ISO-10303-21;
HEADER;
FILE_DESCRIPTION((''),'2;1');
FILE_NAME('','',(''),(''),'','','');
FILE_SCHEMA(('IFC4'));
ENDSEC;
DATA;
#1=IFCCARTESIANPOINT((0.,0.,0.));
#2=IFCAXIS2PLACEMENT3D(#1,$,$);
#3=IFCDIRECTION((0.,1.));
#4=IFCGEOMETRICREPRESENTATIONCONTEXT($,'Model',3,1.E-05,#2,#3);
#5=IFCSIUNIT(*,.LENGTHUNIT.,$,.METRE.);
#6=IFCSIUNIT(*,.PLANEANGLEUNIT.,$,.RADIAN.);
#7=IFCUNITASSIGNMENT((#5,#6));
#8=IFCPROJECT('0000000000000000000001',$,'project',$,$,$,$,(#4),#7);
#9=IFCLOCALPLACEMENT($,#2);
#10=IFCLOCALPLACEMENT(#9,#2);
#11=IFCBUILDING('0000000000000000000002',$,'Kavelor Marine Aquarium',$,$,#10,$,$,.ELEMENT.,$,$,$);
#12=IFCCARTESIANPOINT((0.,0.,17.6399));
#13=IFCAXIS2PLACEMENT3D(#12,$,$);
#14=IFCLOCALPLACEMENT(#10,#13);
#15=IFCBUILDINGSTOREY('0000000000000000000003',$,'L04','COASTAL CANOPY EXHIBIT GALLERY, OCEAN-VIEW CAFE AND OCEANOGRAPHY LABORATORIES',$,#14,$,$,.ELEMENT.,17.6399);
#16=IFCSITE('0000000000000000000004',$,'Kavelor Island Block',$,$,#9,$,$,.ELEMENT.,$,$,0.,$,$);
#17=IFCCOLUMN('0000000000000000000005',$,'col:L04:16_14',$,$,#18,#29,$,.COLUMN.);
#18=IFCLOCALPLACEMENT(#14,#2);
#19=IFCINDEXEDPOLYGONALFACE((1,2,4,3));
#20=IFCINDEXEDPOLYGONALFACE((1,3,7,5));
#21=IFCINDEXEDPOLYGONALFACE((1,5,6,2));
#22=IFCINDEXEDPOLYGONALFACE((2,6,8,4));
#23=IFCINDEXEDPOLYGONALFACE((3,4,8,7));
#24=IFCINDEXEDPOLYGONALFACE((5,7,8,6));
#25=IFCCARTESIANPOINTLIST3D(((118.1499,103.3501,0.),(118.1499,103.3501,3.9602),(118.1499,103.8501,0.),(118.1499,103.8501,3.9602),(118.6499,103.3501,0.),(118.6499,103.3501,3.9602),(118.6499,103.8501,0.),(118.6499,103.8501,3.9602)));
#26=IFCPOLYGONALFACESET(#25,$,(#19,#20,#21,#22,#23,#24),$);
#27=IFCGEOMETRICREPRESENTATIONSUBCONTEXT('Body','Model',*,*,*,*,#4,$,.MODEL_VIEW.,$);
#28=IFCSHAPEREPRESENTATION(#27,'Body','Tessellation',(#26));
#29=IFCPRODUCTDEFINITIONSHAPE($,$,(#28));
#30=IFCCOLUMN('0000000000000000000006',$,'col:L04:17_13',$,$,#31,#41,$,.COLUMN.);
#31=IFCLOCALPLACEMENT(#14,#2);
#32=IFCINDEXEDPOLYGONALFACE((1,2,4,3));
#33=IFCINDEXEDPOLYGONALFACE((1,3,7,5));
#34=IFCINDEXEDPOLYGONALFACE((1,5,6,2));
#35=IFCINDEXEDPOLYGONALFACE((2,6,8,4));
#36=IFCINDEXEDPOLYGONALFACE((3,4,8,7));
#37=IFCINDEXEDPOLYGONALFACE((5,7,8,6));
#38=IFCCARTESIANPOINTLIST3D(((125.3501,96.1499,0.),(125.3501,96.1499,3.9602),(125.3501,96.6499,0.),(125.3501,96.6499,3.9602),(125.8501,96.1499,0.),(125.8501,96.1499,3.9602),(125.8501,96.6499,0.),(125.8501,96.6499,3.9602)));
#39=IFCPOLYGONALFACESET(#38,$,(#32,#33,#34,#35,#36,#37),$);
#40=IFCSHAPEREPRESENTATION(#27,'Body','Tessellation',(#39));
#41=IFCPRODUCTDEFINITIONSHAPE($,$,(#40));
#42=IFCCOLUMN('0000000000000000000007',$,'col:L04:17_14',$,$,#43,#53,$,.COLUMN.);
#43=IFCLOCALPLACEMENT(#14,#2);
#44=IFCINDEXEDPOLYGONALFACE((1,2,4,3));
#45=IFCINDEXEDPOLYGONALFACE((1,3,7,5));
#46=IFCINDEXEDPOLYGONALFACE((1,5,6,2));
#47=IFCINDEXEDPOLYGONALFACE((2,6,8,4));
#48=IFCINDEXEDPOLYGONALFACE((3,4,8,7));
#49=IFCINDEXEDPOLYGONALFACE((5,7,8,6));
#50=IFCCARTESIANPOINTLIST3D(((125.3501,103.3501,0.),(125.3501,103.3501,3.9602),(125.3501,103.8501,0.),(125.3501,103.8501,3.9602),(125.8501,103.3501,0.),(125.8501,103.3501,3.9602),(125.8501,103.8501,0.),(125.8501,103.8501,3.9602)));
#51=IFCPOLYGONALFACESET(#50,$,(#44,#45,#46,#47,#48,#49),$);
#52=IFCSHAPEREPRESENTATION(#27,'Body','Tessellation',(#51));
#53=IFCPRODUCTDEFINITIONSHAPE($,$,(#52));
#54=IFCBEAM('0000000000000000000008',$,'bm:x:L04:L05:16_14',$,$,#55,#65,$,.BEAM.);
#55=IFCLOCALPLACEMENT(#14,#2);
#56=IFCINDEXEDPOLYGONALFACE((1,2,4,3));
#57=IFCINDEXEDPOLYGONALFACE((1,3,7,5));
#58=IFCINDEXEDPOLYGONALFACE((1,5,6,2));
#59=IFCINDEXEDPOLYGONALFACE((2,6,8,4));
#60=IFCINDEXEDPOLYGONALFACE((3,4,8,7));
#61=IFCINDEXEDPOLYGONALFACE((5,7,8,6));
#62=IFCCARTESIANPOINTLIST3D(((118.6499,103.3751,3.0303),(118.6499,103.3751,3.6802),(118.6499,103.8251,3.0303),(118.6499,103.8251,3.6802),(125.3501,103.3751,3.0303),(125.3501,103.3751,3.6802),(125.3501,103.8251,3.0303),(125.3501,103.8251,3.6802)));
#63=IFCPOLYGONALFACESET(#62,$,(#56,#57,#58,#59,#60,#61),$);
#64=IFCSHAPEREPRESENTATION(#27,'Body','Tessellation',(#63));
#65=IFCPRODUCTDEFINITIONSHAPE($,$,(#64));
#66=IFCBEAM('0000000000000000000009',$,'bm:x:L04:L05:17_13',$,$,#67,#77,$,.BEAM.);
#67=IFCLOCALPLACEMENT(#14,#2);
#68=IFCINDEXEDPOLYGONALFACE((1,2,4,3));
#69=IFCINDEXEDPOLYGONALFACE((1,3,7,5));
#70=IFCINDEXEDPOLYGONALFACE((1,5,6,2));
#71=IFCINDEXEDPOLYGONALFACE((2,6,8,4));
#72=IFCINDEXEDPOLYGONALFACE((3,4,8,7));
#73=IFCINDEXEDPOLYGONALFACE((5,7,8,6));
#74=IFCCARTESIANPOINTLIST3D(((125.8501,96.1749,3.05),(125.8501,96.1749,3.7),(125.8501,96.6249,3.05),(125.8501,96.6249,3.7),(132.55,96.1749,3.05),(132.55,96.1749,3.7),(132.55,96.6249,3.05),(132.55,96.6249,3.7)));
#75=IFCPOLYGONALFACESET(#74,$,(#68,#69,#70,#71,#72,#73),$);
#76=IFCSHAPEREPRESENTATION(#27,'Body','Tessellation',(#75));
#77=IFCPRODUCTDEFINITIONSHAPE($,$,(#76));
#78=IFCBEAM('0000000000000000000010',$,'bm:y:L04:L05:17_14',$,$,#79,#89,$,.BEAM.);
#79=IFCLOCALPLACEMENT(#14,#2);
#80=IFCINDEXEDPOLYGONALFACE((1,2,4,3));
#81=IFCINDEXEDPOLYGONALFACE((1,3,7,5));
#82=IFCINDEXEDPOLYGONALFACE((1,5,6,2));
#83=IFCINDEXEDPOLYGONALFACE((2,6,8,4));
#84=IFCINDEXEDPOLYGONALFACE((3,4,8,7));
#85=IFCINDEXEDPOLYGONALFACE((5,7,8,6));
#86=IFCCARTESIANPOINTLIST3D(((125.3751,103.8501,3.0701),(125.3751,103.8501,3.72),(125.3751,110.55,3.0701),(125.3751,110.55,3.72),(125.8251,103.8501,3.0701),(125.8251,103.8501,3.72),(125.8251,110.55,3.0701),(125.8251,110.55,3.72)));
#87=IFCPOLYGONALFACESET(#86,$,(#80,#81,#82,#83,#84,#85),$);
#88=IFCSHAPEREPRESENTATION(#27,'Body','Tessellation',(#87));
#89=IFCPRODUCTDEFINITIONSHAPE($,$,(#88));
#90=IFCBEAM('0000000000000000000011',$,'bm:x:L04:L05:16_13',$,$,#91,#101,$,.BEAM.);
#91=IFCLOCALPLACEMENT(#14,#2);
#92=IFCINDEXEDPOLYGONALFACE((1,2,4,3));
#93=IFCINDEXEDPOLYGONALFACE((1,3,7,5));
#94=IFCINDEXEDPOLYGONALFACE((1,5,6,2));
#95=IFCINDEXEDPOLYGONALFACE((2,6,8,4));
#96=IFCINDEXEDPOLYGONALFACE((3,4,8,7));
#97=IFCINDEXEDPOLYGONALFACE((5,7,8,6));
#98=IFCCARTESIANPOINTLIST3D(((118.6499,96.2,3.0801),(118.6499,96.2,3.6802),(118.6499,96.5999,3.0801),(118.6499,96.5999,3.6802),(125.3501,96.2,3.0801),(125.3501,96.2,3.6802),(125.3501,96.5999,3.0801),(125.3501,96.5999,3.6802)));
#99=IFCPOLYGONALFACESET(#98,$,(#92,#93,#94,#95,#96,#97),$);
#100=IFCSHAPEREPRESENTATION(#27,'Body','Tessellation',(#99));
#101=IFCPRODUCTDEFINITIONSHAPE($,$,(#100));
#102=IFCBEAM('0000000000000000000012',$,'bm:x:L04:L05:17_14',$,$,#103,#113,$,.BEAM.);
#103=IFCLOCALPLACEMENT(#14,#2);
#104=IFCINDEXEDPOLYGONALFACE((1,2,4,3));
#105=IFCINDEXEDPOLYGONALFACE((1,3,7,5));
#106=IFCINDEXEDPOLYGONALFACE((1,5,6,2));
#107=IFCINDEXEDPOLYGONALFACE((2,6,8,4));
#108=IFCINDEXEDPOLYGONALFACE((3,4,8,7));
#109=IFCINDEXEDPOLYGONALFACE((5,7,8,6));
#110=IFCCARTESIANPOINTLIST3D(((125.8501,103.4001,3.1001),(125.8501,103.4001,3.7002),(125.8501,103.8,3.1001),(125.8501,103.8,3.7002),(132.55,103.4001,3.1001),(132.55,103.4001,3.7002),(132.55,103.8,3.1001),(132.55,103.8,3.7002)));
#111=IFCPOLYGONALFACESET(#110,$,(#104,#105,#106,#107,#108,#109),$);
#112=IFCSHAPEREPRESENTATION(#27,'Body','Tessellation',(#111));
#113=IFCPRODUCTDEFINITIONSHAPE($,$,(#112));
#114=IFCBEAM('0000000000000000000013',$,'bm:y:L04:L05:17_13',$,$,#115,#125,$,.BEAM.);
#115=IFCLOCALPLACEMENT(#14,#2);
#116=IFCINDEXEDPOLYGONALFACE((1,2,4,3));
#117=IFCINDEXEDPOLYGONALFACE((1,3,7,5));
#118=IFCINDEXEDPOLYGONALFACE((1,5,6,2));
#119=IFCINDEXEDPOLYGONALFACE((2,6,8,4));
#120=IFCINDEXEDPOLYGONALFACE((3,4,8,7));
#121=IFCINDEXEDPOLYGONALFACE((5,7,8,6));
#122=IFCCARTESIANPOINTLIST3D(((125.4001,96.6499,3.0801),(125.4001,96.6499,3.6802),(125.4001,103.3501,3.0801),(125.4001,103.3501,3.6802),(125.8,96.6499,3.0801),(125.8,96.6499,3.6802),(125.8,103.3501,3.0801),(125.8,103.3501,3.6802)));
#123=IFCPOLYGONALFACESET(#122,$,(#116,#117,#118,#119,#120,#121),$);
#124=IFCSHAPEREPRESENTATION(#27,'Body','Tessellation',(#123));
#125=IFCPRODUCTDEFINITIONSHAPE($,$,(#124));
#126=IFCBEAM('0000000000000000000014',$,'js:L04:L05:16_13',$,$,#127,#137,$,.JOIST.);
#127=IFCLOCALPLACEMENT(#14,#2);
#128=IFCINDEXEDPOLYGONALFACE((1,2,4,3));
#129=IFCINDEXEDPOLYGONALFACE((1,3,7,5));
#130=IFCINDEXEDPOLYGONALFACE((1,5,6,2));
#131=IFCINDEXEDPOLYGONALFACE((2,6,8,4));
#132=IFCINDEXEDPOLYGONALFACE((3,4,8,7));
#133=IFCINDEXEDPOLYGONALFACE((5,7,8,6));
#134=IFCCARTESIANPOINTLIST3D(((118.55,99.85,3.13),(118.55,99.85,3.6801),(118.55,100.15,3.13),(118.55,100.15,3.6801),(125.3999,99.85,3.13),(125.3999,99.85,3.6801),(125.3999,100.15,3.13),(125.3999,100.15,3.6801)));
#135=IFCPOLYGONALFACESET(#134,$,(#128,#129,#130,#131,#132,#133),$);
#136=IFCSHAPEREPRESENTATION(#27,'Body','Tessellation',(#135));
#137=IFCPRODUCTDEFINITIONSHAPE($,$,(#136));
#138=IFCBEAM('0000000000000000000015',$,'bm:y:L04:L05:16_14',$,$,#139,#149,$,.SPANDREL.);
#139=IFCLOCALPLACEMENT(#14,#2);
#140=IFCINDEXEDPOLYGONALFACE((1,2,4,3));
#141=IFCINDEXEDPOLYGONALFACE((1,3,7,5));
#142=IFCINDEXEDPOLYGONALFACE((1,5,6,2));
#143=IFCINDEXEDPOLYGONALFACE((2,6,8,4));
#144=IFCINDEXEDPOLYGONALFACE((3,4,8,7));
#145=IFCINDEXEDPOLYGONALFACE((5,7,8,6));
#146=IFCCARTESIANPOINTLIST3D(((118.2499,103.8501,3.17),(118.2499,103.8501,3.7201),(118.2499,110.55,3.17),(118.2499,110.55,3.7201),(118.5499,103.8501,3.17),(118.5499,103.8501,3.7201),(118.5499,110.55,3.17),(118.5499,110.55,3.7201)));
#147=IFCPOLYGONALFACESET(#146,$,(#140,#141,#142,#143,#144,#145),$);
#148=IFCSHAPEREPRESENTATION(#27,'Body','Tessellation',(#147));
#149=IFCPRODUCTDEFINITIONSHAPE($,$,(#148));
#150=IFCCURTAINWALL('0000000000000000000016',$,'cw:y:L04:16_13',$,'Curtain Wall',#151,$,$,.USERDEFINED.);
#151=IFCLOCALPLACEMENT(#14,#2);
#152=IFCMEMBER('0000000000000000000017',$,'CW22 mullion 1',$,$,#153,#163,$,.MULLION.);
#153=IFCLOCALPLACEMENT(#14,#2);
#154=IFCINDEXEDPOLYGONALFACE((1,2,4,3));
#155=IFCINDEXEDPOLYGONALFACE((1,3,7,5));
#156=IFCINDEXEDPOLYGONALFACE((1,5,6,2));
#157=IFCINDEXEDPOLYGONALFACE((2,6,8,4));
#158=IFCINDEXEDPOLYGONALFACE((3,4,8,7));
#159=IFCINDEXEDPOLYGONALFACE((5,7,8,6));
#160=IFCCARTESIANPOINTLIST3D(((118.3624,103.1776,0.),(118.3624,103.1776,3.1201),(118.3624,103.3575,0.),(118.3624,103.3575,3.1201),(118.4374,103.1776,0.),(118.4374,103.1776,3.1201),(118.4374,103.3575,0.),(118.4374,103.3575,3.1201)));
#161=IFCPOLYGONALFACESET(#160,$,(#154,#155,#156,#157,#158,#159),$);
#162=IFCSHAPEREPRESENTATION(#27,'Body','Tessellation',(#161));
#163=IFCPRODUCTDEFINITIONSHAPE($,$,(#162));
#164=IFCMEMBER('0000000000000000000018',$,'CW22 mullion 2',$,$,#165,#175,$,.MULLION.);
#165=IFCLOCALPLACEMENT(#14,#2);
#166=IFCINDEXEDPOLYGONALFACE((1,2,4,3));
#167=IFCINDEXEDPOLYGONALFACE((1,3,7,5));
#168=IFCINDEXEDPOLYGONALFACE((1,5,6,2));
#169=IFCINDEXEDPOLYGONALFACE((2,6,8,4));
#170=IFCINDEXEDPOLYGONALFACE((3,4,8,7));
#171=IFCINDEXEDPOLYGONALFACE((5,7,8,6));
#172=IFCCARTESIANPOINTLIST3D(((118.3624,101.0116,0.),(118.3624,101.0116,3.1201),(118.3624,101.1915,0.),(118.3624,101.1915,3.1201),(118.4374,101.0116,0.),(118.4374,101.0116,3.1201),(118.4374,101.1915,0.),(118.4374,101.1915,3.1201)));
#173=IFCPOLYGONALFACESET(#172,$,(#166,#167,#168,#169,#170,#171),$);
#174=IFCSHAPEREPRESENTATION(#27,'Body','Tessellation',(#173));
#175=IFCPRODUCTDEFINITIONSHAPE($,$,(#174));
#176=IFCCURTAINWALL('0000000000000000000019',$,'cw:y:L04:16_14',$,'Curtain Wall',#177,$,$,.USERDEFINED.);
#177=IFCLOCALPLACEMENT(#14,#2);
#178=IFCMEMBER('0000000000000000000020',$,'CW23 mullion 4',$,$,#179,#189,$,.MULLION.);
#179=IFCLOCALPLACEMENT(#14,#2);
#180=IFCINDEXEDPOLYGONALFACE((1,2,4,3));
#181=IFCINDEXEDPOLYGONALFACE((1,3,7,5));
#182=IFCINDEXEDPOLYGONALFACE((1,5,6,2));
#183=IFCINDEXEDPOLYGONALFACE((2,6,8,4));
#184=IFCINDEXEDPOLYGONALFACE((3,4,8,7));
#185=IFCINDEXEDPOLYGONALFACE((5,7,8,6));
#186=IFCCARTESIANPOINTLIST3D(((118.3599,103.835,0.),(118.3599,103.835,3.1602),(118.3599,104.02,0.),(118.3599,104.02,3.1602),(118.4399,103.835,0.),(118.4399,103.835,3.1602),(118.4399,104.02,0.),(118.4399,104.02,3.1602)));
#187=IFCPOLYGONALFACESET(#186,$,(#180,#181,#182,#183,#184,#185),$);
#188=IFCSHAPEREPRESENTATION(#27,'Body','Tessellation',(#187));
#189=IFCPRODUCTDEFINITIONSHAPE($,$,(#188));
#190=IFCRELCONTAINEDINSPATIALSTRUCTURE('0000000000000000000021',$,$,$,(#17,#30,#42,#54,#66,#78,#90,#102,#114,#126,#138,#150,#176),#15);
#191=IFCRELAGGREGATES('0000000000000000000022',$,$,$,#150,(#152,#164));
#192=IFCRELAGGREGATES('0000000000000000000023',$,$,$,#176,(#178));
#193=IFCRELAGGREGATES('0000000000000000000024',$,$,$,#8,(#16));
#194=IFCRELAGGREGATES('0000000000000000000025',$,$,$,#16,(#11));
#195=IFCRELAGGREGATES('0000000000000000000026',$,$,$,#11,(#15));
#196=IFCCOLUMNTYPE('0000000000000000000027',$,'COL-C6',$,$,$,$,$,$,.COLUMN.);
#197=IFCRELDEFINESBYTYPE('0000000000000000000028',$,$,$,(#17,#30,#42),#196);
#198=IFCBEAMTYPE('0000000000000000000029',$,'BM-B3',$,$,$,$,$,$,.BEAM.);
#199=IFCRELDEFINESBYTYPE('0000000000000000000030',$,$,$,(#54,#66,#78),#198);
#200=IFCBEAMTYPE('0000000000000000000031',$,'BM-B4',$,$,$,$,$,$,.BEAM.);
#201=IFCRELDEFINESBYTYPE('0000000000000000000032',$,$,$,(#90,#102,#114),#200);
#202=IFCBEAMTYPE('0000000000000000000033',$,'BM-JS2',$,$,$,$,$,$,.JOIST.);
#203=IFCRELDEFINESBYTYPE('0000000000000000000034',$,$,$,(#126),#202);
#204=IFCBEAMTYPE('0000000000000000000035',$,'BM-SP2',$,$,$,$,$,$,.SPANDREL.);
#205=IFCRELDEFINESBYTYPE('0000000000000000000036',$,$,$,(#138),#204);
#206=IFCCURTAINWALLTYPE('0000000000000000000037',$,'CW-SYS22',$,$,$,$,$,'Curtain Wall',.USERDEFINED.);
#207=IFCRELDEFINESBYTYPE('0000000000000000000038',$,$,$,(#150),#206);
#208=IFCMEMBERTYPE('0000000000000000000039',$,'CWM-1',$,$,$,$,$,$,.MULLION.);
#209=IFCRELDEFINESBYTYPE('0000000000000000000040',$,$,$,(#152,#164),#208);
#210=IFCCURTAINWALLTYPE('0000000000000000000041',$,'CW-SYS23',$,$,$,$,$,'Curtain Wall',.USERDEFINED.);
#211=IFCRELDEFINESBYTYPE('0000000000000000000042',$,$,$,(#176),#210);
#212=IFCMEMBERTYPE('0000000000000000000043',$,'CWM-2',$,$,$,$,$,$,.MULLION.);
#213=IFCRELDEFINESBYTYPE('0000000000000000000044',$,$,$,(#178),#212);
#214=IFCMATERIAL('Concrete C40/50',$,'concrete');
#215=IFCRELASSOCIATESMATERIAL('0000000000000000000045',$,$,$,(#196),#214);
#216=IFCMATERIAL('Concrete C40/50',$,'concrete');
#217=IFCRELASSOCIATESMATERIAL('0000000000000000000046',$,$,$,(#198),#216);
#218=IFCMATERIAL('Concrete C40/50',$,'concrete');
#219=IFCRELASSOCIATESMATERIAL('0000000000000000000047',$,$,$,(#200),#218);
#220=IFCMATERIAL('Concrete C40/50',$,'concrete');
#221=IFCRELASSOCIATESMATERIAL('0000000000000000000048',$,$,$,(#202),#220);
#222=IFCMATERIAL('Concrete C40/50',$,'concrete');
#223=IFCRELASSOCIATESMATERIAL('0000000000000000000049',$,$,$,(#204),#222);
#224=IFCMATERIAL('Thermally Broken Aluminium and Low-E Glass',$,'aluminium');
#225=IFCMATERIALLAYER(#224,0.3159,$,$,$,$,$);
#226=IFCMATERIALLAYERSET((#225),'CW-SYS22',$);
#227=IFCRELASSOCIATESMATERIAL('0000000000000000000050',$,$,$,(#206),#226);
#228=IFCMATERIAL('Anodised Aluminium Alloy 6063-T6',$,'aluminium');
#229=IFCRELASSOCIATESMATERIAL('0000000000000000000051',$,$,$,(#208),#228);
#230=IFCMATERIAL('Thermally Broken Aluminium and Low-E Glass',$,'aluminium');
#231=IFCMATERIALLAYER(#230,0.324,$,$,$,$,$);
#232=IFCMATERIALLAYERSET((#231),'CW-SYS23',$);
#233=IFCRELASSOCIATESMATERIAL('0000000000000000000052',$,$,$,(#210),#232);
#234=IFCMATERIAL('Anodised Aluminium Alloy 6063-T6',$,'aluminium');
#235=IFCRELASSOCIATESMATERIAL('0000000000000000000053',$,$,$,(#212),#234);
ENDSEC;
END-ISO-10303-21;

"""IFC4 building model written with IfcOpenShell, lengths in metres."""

from ifc_helpers import new_model, si_unit, direction, frame, origin, origin_2d, place, context, subcontext, project, spatial, rectangle, extrude, material, layer, layer_set, material_profile, profile_set, type_object, element, aggregate, save


model = new_model("IFC4")

# Units and contexts
model_context = context("Model", 3, precision=1e-05, world=origin(), true_north=direction((0.0, 1.0)))
body_context = subcontext(model_context, "Body", "Model", "MODEL_VIEW")
ifc_project = project(units=[si_unit("LENGTHUNIT", "METRE"), si_unit("PLANEANGLEUNIT", "RADIAN")], contexts=[model_context])

# Site, building, storey
site_placement = place(None, origin())
site = spatial("IfcSite", under=ifc_project, at=site_placement, Name="Kavelor Island Block", CompositionType="ELEMENT", RefElevation=0.0)
building_placement = place(site_placement, origin())
building = spatial("IfcBuilding", under=site, at=building_placement, Name="Kavelor Marine Aquarium", CompositionType="ELEMENT")
storey_placement = place(building_placement, frame((0.0, 0.0, 17.6399)))
storey = spatial("IfcBuildingStorey", under=building, at=storey_placement, Name="L04", Description="COASTAL CANOPY EXHIBIT GALLERY, OCEAN-VIEW CAFE AND OCEANOGRAPHY LABORATORIES", CompositionType="ELEMENT", Elevation=17.6399)

# Columns
ifc_material_1 = material(Name="Concrete C40/50", Category="concrete")
ifc_material_profile_1 = material_profile(ifc_material_1, rectangle(XDim=0.5, YDim=0.5, at=origin_2d()), Name="RC-COL 500x500")
ifc_profile_set_1 = profile_set([ifc_material_profile_1], Name="Concrete C40/50")
column_type = type_object("IfcColumnType", Name="COL-C6", PredefinedType="COLUMN", material=ifc_profile_set_1)
for number, where, z_axis, x_axis, name in (
    (1, (118.3999, 103.6001, 0.0), (0.0, 0.0, 1.0), (1.0, 0.0, 0.0), "col:L04:16_14"),
    (2, (125.6001, 96.3999, 0.0), (0.0, 0.0, 1.0), (1.0, 0.0, 0.0), "col:L04:17_13"),
    (3, (125.6001, 103.6001, 0.0), (0.0, 0.0, 1.0), (1.0, 0.0, 0.0), "col:L04:17_14"),
):
    element("IfcColumn", number, at=place(storey_placement, frame(where, z_axis=z_axis, x_axis=x_axis)), inside=storey, type_object=column_type, Name=name, PredefinedType="COLUMN", context=body_context, shape_type="SweptSolid", body=[
        extrude(rectangle(XDim=0.5, YDim=0.5, at=origin_2d()), origin(), (0.0, 0.0, 1.0), 3.9602),
    ])

# Beams
ifc_material_2 = material(Name="Concrete C40/50", Category="concrete")
ifc_material_profile_2 = material_profile(ifc_material_2, rectangle(XDim=0.45, YDim=0.6499, at=origin_2d()), Name="RC-BM 450x650")
ifc_profile_set_2 = profile_set([ifc_material_profile_2], Name="Concrete C40/50")
beam_type_1 = type_object("IfcBeamType", Name="BM-B3", PredefinedType="BEAM", material=ifc_profile_set_2)
beam_1_placement = place(storey_placement, frame((118.6499, 103.6001, 3.3552), z_axis=(1.0, 0.0, 0.0), x_axis=(0.0, 1.0, 0.0)))
element("IfcBeam", 4, at=beam_1_placement, inside=storey, type_object=beam_type_1, Name="bm:x:L04:L05:16_14", PredefinedType="BEAM", context=body_context, shape_type="SweptSolid", body=[
    extrude(rectangle(XDim=0.45, YDim=0.6499, at=origin_2d()), origin(), (0.0, 0.0, 1.0), 6.7002),
])
for number, where, z_axis, x_axis, name in (
    (5, (125.8501, 96.3999, 3.375), (1.0, 0.0, 0.0), (0.0, 1.0, 0.0), "bm:x:L04:L05:17_13"),
    (6, (125.6001, 103.8501, 3.395), (0.0, 1.0, 0.0), (-1.0, 0.0, 0.0), "bm:y:L04:L05:17_14"),
):
    element("IfcBeam", number, at=place(storey_placement, frame(where, z_axis=z_axis, x_axis=x_axis)), inside=storey, type_object=beam_type_1, Name=name, PredefinedType="BEAM", context=body_context, shape_type="SweptSolid", body=[
        extrude(rectangle(XDim=0.45, YDim=0.6499, at=origin_2d()), origin(), (0.0, 0.0, 1.0), 6.7),
    ])
ifc_material_3 = material(Name="Concrete C40/50", Category="concrete")
ifc_material_profile_3 = material_profile(ifc_material_3, rectangle(XDim=0.3999, YDim=0.6001, at=origin_2d()), Name="RC-BM 400x600")
ifc_profile_set_3 = profile_set([ifc_material_profile_3], Name="Concrete C40/50")
beam_type_2 = type_object("IfcBeamType", Name="BM-B4", PredefinedType="BEAM", material=ifc_profile_set_3)
beam_2_placement = place(storey_placement, frame((118.6499, 96.3999, 3.3801), z_axis=(1.0, 0.0, 0.0), x_axis=(0.0, 1.0, 0.0)))
element("IfcBeam", 7, at=beam_2_placement, inside=storey, type_object=beam_type_2, Name="bm:x:L04:L05:16_13", PredefinedType="BEAM", context=body_context, shape_type="SweptSolid", body=[
    extrude(rectangle(XDim=0.3999, YDim=0.6001, at=origin_2d()), origin(), (0.0, 0.0, 1.0), 6.7002),
])
beam_3_placement = place(storey_placement, frame((125.8501, 103.6001, 3.4001), z_axis=(1.0, 0.0, 0.0), x_axis=(0.0, 1.0, 0.0)))
element("IfcBeam", 8, at=beam_3_placement, inside=storey, type_object=beam_type_2, Name="bm:x:L04:L05:17_14", PredefinedType="BEAM", context=body_context, shape_type="SweptSolid", body=[
    extrude(rectangle(XDim=0.3999, YDim=0.6001, at=origin_2d()), origin(), (0.0, 0.0, 1.0), 6.7),
])
beam_4_placement = place(storey_placement, frame((125.6001, 96.6499, 3.3801), z_axis=(0.0, 1.0, 0.0), x_axis=(-1.0, 0.0, 0.0)))
element("IfcBeam", 9, at=beam_4_placement, inside=storey, type_object=beam_type_2, Name="bm:y:L04:L05:17_13", PredefinedType="BEAM", context=body_context, shape_type="SweptSolid", body=[
    extrude(rectangle(XDim=0.3999, YDim=0.6001, at=origin_2d()), origin(), (0.0, 0.0, 1.0), 6.7002),
])
ifc_material_4 = material(Name="Concrete C40/50", Category="concrete")
ifc_material_profile_4 = material_profile(ifc_material_4, rectangle(XDim=0.3, YDim=0.55, at=origin_2d()), Name="RC-JS 300x550")
ifc_profile_set_4 = profile_set([ifc_material_profile_4], Name="Concrete C40/50")
beam_type_3 = type_object("IfcBeamType", Name="BM-JS2", PredefinedType="JOIST", material=ifc_profile_set_4)
beam_5_placement = place(storey_placement, frame((118.55, 100.0, 3.405), z_axis=(1.0, 0.0, 0.0), x_axis=(0.0, 1.0, 0.0)))
element("IfcBeam", 10, at=beam_5_placement, inside=storey, type_object=beam_type_3, Name="js:L04:L05:16_13", PredefinedType="JOIST", context=body_context, shape_type="SweptSolid", body=[
    extrude(rectangle(XDim=0.3, YDim=0.55, at=origin_2d()), origin(), (0.0, 0.0, 1.0), 6.8499),
])
ifc_material_5 = material(Name="Concrete C40/50", Category="concrete")
ifc_material_profile_5 = material_profile(ifc_material_5, rectangle(XDim=0.3, YDim=0.55, at=origin_2d()), Name="RC-SP 300x550")
ifc_profile_set_5 = profile_set([ifc_material_profile_5], Name="Concrete C40/50")
beam_type_4 = type_object("IfcBeamType", Name="BM-SP2", PredefinedType="SPANDREL", material=ifc_profile_set_5)
beam_6_placement = place(storey_placement, frame((118.3999, 103.8501, 3.4451), z_axis=(0.0, 1.0, 0.0), x_axis=(-1.0, 0.0, 0.0)))
element("IfcBeam", 11, at=beam_6_placement, inside=storey, type_object=beam_type_4, Name="bm:y:L04:L05:16_14", PredefinedType="SPANDREL", context=body_context, shape_type="SweptSolid", body=[
    extrude(rectangle(XDim=0.3, YDim=0.55, at=origin_2d()), origin(), (0.0, 0.0, 1.0), 6.7),
])

# Curtain wall, members
ifc_material_6 = material(Name="Thermally Broken Aluminium and Low-E Glass", Category="aluminium")
ifc_layer_1 = layer(ifc_material_6, 0.3159)
ifc_layer_set_1 = layer_set([ifc_layer_1], Name="CW-SYS22")
curtain_wall_type_1 = type_object("IfcCurtainWallType", Name="CW-SYS22", ElementType="Curtain Wall", PredefinedType="USERDEFINED", material=ifc_layer_set_1)
curtain_wall_1_placement = place(storey_placement, origin())
curtain_wall_1 = element("IfcCurtainWall", 12, at=curtain_wall_1_placement, inside=storey, type_object=curtain_wall_type_1, Name="cw:y:L04:16_13", ObjectType="Curtain Wall", PredefinedType="USERDEFINED")
ifc_material_7 = material(Name="Anodised Aluminium Alloy 6063-T6", Category="aluminium")
ifc_material_profile_6 = material_profile(ifc_material_7, rectangle(XDim=0.075, YDim=0.1799, at=origin_2d()), Name="CW-MUL 75x180")
ifc_profile_set_6 = profile_set([ifc_material_profile_6], Name="Anodised Aluminium Alloy 6063-T6")
member_type_1 = type_object("IfcMemberType", Name="CWM-1", PredefinedType="MULLION", material=ifc_profile_set_6)
member_1_placement = place(storey_placement, frame((118.3999, 103.2676, 0.0), z_axis=(0.0, 0.0, 1.0), x_axis=(1.0, 0.0, 0.0)))
member_1 = element("IfcMember", 13, at=member_1_placement, type_object=member_type_1, Name="CW22 mullion 1", PredefinedType="MULLION", context=body_context, shape_type="SweptSolid", body=[
    extrude(rectangle(XDim=0.075, YDim=0.1799, at=origin_2d()), origin(), (0.0, 0.0, 1.0), 3.1201),
])
member_2_placement = place(storey_placement, frame((118.3999, 101.1016, 0.0), z_axis=(0.0, 0.0, 1.0), x_axis=(1.0, 0.0, 0.0)))
member_2 = element("IfcMember", 14, at=member_2_placement, type_object=member_type_1, Name="CW22 mullion 2", PredefinedType="MULLION", context=body_context, shape_type="SweptSolid", body=[
    extrude(rectangle(XDim=0.075, YDim=0.1799, at=origin_2d()), origin(), (0.0, 0.0, 1.0), 3.1201),
])

# Curtain wall, member
ifc_material_8 = material(Name="Thermally Broken Aluminium and Low-E Glass", Category="aluminium")
ifc_layer_2 = layer(ifc_material_8, 0.324)
ifc_layer_set_2 = layer_set([ifc_layer_2], Name="CW-SYS23")
curtain_wall_type_2 = type_object("IfcCurtainWallType", Name="CW-SYS23", ElementType="Curtain Wall", PredefinedType="USERDEFINED", material=ifc_layer_set_2)
curtain_wall_2_placement = place(storey_placement, origin())
curtain_wall_2 = element("IfcCurtainWall", 15, at=curtain_wall_2_placement, inside=storey, type_object=curtain_wall_type_2, Name="cw:y:L04:16_14", ObjectType="Curtain Wall", PredefinedType="USERDEFINED")
ifc_material_9 = material(Name="Anodised Aluminium Alloy 6063-T6", Category="aluminium")
ifc_material_profile_7 = material_profile(ifc_material_9, rectangle(XDim=0.0801, YDim=0.1851, at=origin_2d()), Name="CW-MUL 80x185")
ifc_profile_set_7 = profile_set([ifc_material_profile_7], Name="Anodised Aluminium Alloy 6063-T6")
member_type_2 = type_object("IfcMemberType", Name="CWM-2", PredefinedType="MULLION", material=ifc_profile_set_7)
member_3_placement = place(storey_placement, frame((118.3999, 103.9275, 0.0), z_axis=(0.0, 0.0, 1.0), x_axis=(1.0, 0.0, 0.0)))
member_3 = element("IfcMember", 16, at=member_3_placement, type_object=member_type_2, Name="CW23 mullion 4", PredefinedType="MULLION", context=body_context, shape_type="SweptSolid", body=[
    extrude(rectangle(XDim=0.0801, YDim=0.1851, at=origin_2d()), origin(), (0.0, 0.0, 1.0), 3.1602),
])

aggregate(curtain_wall_1, [member_1, member_2])
aggregate(curtain_wall_2, [member_3])

save(model, "model.ifc")
